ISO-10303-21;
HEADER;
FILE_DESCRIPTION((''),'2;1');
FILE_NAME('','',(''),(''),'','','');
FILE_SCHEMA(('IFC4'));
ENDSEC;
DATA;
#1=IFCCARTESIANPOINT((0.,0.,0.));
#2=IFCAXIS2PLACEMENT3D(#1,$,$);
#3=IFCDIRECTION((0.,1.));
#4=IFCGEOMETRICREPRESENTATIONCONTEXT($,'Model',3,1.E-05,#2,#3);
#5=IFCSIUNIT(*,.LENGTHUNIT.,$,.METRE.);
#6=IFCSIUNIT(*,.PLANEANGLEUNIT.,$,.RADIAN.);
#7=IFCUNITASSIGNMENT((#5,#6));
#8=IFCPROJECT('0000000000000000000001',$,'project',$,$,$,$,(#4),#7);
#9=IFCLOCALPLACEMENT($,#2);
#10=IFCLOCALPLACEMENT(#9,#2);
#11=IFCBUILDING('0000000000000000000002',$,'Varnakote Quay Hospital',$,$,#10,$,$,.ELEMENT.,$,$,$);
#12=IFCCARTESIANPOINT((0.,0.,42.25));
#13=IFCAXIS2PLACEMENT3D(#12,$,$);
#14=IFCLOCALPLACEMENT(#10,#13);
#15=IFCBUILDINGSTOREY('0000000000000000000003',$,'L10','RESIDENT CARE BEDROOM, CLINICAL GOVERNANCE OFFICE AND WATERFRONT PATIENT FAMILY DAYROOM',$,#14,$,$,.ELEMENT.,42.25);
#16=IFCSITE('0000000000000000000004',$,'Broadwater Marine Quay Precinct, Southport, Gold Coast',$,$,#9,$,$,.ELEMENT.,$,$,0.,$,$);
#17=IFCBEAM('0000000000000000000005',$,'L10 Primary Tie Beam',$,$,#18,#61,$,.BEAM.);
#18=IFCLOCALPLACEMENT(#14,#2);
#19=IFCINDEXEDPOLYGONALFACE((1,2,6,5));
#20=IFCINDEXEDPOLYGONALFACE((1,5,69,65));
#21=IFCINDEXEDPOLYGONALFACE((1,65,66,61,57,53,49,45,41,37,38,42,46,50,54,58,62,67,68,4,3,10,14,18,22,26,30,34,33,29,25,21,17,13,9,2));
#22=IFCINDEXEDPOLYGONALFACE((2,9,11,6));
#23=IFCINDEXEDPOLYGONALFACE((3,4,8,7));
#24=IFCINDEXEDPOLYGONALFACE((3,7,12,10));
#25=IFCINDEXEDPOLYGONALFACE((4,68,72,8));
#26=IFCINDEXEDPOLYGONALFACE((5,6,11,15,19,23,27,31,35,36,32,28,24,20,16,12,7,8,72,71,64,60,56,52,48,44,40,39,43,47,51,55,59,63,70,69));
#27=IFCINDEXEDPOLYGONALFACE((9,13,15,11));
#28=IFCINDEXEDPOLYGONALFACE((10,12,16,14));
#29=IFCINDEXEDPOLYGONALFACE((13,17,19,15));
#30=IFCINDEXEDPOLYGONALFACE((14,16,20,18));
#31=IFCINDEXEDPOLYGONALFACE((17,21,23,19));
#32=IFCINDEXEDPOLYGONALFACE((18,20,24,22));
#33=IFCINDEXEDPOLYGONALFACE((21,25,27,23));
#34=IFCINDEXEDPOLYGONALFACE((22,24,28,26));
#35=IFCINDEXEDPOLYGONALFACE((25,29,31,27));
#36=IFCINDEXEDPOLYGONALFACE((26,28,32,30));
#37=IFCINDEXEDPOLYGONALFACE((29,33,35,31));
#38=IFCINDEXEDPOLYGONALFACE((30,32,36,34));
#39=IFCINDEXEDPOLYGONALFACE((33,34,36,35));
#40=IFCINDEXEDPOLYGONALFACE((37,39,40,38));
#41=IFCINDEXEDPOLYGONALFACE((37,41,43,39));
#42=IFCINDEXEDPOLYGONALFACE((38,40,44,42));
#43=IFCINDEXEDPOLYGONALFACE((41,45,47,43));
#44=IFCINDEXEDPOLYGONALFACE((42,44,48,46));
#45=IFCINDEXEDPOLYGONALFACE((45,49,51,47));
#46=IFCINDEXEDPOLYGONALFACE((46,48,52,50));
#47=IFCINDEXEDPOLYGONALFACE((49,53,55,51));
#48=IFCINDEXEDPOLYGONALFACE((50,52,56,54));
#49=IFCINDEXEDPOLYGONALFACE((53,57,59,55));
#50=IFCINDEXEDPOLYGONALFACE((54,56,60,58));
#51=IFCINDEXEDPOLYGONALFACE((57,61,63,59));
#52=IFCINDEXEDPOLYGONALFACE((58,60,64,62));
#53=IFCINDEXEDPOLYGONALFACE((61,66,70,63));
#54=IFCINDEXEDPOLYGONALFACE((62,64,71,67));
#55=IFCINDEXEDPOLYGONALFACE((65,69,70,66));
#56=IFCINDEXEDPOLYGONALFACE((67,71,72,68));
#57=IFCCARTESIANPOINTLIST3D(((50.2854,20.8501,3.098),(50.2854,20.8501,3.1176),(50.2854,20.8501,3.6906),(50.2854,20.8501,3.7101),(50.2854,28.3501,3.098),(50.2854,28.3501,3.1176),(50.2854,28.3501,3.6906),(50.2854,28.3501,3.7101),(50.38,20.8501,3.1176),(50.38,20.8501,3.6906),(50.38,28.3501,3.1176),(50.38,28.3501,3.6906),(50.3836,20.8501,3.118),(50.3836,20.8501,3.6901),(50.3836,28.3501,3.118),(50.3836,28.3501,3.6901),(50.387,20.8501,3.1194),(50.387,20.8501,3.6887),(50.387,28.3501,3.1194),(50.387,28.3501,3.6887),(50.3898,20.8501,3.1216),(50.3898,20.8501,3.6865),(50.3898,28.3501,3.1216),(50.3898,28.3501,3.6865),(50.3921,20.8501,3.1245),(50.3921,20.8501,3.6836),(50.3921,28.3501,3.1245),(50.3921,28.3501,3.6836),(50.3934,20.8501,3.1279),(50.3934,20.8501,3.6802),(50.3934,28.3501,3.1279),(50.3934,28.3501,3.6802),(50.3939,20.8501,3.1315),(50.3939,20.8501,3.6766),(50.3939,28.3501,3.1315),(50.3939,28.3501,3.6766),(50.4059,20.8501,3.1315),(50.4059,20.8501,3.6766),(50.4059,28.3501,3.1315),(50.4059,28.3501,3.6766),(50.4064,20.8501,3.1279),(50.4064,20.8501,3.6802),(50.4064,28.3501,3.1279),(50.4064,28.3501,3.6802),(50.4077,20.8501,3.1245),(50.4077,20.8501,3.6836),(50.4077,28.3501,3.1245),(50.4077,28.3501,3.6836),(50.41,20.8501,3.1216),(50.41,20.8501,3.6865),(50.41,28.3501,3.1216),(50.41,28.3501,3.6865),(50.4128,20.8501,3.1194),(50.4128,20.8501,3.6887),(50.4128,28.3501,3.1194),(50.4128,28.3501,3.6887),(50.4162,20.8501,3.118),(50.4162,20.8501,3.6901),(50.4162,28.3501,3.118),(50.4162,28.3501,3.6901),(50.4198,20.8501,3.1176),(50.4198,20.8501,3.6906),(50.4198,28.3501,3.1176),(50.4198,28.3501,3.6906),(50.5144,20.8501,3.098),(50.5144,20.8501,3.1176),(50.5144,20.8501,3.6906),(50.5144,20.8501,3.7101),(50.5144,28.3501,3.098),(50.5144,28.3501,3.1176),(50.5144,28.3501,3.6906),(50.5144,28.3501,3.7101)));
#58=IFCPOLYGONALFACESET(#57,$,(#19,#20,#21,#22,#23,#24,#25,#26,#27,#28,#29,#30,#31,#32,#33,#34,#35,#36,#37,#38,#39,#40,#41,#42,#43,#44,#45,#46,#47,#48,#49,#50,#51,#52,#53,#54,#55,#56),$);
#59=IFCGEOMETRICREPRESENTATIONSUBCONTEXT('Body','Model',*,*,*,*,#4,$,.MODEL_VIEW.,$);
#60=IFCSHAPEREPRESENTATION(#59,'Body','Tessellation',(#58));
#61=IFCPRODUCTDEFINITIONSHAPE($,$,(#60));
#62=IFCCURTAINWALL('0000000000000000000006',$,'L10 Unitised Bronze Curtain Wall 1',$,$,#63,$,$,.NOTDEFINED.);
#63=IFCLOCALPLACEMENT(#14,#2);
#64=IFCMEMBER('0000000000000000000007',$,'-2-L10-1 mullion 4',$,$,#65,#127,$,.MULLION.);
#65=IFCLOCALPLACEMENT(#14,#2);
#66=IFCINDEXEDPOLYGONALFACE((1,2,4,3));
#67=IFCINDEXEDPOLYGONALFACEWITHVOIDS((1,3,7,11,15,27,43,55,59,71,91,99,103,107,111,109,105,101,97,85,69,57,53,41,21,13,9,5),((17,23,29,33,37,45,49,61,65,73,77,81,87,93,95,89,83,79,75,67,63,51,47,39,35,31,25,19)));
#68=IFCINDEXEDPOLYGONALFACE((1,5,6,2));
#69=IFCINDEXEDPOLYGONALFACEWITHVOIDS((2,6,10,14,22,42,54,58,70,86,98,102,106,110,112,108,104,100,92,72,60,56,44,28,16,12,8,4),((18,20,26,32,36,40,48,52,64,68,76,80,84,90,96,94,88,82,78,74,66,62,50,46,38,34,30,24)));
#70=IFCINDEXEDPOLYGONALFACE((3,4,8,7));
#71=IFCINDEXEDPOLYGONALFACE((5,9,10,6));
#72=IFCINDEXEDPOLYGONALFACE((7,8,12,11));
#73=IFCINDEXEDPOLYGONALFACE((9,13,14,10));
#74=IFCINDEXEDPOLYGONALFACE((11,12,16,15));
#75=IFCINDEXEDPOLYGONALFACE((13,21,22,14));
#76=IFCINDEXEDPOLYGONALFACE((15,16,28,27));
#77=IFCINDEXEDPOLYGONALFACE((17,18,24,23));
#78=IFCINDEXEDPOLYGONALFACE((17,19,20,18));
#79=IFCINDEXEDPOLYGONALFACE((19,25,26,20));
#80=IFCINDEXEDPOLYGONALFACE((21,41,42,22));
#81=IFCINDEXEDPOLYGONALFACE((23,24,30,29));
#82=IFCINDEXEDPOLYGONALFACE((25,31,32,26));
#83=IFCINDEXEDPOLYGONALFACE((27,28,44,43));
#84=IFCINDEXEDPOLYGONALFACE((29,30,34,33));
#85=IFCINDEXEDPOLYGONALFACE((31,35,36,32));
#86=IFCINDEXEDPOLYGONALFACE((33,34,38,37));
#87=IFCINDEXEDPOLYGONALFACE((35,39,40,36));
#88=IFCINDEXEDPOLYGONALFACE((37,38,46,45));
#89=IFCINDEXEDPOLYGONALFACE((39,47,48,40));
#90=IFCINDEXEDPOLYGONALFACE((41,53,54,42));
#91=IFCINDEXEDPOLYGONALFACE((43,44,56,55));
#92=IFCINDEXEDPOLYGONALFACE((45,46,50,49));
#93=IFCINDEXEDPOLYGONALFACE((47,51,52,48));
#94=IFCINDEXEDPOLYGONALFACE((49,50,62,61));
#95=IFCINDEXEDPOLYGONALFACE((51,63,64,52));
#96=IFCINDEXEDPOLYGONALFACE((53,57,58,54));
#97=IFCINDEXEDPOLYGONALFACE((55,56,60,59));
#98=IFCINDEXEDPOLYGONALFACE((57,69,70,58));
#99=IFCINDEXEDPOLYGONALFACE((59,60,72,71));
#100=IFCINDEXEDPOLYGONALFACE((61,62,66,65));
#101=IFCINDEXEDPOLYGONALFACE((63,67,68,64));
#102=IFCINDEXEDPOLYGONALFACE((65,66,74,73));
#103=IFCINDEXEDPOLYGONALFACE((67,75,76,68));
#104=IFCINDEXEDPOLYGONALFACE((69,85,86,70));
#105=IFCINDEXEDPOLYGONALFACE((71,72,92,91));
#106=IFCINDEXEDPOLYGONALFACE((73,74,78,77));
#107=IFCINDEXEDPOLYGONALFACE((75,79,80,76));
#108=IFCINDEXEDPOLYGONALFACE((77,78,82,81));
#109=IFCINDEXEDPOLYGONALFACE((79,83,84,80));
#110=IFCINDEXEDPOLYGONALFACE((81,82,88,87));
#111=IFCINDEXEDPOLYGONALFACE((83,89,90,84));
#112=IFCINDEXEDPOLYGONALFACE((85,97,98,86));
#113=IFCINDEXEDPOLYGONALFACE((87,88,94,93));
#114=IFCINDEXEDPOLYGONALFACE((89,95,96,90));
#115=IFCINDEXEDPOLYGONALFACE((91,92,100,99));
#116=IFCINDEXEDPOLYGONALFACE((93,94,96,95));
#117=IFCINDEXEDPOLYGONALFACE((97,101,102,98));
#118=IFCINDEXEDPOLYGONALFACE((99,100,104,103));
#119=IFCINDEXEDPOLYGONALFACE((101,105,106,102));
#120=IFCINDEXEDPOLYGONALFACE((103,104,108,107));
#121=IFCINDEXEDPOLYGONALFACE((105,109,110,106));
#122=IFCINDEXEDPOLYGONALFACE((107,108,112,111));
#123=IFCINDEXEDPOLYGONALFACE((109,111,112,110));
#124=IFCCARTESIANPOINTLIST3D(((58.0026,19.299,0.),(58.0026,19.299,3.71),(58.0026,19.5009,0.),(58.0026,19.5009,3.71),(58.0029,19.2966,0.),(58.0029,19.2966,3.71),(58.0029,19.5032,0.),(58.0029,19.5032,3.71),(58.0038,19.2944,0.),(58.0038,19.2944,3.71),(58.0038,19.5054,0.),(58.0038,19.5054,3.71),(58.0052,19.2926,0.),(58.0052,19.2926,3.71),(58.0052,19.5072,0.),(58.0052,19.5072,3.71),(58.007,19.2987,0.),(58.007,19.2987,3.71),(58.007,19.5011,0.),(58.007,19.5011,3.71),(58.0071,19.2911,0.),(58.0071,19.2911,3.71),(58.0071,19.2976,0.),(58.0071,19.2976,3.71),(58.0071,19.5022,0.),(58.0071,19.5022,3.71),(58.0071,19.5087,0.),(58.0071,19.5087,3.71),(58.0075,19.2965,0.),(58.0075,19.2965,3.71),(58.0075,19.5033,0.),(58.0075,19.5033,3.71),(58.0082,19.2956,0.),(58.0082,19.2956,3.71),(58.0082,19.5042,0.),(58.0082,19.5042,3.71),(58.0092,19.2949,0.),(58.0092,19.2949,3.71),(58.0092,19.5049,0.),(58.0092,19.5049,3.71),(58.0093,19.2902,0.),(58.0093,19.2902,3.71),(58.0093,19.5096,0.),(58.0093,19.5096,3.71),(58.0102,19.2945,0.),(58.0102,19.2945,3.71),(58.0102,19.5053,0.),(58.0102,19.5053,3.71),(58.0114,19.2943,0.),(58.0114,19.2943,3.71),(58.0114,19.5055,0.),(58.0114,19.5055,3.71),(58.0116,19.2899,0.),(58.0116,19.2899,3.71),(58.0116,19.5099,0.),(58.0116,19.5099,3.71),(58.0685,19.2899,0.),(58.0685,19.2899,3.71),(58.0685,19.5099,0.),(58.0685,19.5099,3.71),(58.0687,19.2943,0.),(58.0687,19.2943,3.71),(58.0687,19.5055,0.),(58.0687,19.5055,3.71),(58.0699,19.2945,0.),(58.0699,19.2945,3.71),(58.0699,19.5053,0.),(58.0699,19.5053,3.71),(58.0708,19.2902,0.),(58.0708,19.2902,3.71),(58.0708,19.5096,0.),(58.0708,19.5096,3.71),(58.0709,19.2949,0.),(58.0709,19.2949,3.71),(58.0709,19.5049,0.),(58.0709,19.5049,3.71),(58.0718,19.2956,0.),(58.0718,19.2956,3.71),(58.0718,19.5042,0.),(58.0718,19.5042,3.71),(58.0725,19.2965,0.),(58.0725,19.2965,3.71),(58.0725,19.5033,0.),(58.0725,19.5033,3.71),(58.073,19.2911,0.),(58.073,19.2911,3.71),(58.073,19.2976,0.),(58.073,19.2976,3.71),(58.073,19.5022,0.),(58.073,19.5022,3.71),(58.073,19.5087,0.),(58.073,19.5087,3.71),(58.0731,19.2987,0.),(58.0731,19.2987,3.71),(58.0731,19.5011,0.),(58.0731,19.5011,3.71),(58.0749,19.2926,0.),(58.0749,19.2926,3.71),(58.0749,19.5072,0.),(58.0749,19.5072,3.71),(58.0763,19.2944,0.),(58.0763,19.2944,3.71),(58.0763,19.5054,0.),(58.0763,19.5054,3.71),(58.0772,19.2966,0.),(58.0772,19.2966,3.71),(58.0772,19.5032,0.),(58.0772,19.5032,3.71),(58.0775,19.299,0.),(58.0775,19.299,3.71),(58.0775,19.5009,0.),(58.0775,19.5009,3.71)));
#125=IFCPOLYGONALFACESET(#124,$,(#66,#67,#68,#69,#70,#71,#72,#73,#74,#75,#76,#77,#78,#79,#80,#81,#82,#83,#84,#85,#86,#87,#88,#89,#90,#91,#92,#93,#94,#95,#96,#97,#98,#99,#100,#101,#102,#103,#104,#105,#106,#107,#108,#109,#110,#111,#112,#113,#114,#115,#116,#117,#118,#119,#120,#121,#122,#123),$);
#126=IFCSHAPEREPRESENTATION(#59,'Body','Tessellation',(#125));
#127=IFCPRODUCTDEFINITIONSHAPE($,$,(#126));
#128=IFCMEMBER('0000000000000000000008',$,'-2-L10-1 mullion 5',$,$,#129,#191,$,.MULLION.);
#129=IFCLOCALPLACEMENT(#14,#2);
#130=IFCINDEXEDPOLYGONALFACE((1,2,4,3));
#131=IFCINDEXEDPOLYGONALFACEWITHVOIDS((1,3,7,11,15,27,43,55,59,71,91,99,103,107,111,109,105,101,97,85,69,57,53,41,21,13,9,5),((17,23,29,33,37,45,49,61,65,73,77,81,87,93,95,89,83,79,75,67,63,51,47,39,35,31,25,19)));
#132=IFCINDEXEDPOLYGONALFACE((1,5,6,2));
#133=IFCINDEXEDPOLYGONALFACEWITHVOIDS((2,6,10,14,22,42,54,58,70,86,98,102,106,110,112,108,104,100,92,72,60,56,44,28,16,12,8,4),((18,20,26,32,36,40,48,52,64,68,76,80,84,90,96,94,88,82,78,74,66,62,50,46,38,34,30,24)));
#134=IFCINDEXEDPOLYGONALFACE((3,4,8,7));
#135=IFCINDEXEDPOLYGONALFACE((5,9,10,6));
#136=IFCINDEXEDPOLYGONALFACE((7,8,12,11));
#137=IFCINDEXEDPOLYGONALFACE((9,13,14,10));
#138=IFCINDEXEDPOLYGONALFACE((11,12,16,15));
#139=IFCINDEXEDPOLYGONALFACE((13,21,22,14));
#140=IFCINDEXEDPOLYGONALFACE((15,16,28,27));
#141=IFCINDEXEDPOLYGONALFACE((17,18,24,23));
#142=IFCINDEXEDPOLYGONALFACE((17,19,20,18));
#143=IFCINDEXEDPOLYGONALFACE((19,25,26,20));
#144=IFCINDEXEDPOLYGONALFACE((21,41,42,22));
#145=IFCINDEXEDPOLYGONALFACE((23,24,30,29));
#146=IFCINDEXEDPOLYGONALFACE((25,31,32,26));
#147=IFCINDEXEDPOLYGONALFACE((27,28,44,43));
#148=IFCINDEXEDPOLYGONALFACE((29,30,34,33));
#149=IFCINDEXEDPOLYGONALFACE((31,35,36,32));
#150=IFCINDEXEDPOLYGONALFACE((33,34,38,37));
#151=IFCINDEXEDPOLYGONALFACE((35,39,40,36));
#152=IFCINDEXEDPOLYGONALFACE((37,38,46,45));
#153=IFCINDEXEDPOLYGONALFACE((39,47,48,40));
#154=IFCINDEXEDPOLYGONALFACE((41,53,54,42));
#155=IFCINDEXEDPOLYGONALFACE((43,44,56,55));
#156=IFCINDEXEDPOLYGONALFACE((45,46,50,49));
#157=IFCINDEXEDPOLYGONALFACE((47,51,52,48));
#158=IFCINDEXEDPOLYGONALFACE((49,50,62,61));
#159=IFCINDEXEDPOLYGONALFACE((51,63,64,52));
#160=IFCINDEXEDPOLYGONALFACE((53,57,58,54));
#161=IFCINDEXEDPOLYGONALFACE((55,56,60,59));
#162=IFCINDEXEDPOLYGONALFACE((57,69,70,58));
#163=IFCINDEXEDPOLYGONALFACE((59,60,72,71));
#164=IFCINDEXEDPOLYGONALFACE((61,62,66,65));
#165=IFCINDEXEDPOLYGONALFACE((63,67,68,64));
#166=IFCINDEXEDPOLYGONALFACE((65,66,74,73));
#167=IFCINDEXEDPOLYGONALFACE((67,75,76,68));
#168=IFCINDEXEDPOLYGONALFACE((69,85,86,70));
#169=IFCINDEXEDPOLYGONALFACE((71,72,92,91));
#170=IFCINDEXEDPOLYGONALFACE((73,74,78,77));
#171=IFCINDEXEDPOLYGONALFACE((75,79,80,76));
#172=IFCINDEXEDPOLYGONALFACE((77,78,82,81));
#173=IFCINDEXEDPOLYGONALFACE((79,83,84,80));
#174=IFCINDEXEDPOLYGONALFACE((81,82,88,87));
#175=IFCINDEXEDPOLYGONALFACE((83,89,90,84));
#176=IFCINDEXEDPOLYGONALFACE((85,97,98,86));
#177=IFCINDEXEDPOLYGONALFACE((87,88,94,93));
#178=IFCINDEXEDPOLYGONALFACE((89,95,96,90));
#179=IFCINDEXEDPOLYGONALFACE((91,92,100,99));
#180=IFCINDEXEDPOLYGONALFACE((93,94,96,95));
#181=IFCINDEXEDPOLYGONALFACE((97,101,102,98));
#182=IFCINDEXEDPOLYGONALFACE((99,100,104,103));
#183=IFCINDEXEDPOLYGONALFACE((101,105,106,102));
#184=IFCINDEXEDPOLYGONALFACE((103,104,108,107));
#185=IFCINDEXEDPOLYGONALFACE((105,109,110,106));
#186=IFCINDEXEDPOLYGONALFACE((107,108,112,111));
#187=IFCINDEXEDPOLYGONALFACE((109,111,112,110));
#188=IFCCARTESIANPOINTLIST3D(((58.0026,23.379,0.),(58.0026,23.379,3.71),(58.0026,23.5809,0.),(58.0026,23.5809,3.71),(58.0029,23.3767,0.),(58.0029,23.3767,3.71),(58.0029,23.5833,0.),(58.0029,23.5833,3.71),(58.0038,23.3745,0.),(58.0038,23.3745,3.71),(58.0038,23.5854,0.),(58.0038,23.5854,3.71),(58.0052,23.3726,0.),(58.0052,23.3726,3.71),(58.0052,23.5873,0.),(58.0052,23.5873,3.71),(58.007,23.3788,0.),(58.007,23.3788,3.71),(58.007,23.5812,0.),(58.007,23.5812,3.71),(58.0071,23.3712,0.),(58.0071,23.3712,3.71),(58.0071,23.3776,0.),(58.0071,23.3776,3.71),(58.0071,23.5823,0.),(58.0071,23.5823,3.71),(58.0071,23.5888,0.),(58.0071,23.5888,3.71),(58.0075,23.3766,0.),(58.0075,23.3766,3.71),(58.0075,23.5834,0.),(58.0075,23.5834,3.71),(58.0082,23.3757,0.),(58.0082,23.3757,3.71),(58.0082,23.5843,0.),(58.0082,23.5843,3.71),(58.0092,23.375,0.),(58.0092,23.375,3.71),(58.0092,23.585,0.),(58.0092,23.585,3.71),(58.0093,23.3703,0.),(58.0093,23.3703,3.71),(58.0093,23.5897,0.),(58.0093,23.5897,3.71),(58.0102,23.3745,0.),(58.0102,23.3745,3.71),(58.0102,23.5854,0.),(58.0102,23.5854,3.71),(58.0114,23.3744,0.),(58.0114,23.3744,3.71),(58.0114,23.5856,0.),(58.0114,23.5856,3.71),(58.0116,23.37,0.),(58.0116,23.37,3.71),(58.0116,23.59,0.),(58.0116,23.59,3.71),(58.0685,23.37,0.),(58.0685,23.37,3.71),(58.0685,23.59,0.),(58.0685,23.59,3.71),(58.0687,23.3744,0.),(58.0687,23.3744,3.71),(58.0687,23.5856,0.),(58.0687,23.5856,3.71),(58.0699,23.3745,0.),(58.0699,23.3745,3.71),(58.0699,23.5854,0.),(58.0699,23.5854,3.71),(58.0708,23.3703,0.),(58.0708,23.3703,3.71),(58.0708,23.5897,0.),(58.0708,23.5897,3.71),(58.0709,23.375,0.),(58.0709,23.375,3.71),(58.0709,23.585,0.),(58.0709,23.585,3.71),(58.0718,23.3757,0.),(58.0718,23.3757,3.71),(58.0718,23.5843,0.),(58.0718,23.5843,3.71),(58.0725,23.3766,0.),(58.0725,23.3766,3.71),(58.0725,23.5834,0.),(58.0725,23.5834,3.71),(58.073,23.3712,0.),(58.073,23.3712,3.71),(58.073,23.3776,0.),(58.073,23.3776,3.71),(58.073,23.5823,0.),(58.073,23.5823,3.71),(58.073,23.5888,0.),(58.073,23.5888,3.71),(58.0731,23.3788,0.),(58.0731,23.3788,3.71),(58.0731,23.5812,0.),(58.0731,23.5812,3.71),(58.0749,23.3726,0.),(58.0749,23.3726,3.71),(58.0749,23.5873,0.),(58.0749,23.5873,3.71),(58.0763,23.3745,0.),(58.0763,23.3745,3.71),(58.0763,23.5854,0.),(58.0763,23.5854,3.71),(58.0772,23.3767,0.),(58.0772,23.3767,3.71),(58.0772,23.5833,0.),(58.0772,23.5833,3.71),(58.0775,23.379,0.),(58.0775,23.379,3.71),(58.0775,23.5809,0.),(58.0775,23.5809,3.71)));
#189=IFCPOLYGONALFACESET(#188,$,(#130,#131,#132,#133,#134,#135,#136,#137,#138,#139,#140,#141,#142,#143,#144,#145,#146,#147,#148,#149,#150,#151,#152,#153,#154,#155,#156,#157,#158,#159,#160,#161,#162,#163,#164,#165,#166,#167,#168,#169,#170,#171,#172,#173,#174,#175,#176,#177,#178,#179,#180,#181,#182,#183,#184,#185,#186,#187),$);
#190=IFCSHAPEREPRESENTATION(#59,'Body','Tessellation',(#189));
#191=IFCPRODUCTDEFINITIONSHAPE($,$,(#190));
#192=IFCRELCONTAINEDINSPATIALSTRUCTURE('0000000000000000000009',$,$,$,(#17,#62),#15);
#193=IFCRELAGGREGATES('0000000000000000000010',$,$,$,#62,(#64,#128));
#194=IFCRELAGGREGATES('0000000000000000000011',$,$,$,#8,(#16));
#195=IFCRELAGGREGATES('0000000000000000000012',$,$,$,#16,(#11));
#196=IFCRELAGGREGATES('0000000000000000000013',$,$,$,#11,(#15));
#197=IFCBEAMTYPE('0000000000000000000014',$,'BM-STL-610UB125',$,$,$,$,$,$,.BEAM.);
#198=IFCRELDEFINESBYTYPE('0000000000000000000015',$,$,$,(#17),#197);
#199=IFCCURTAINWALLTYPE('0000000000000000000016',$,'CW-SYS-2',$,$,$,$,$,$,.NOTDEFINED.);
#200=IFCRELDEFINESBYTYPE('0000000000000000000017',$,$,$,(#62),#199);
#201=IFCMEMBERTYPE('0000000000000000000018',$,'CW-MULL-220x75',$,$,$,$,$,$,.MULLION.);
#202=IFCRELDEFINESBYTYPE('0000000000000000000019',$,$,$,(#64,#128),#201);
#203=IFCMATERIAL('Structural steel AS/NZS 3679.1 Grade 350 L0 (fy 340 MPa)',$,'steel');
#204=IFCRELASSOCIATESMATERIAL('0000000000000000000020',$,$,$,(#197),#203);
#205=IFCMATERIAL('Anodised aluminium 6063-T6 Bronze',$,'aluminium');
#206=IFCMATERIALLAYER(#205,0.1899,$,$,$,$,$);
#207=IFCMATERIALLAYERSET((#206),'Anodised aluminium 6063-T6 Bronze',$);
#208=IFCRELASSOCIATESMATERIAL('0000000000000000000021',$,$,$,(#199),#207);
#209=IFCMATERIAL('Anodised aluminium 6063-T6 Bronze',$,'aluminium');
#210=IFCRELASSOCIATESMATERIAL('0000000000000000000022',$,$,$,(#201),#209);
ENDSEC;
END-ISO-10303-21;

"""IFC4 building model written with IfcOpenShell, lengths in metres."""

from ifc_helpers import new_model, si_unit, direction, frame, origin, origin_2d, place, context, subcontext, project, spatial, hollow_rectangle, i_section, extrude, material, layer, layer_set, material_profile, profile_set, type_object, element, aggregate, save


model = new_model("IFC4")

# Units and contexts
model_context = context("Model", 3, precision=1e-05, world=origin(), true_north=direction((0.0, 1.0)))
body_context = subcontext(model_context, "Body", "Model", "MODEL_VIEW")
ifc_project = project(units=[si_unit("LENGTHUNIT", "METRE"), si_unit("PLANEANGLEUNIT", "RADIAN")], contexts=[model_context])

# Site, building, storey
site_placement = place(None, origin())
site = spatial("IfcSite", under=ifc_project, at=site_placement, Name="Broadwater Marine Quay Precinct, Southport, Gold Coast", CompositionType="ELEMENT", RefElevation=0.0)
building_placement = place(site_placement, origin())
building = spatial("IfcBuilding", under=site, at=building_placement, Name="Varnakote Quay Hospital", CompositionType="ELEMENT")
storey_placement = place(building_placement, frame((0.0, 0.0, 42.25)))
storey = spatial("IfcBuildingStorey", under=building, at=storey_placement, Name="L10", Description="RESIDENT CARE BEDROOM, CLINICAL GOVERNANCE OFFICE AND WATERFRONT PATIENT FAMILY DAYROOM", CompositionType="ELEMENT", Elevation=42.25)

# Beam
ifc_material_1 = material(Name="Structural steel AS/NZS 3679.1 Grade 350 L0 (fy 340 MPa)", Category="steel")
ifc_material_profile_1 = material_profile(ifc_material_1, i_section(OverallWidth=0.229, OverallDepth=0.6121, WebThickness=0.012, FlangeThickness=0.0195, FilletRadius=0.0139, at=origin_2d()), Name="610UB125")
ifc_profile_set_1 = profile_set([ifc_material_profile_1], Name="Structural steel AS/NZS 3679.1 Grade 350 L0 (fy 340 MPa)")
beam_type = type_object("IfcBeamType", Name="BM-STL-610UB125", PredefinedType="BEAM", material=ifc_profile_set_1)
beam_placement = place(storey_placement, frame((50.3999, 20.8501, 3.4041), z_axis=(0.0, 1.0, 0.0), x_axis=(-1.0, 0.0, 0.0)))
element("IfcBeam", 1, at=beam_placement, inside=storey, type_object=beam_type, Name="L10 Primary Tie Beam", PredefinedType="BEAM", context=body_context, shape_type="SweptSolid", body=[
    extrude(i_section(OverallWidth=0.229, OverallDepth=0.6121, WebThickness=0.012, FlangeThickness=0.0195, FilletRadius=0.0139, at=origin_2d()), origin(), (0.0, 0.0, 1.0), 7.5),
])

# Curtain wall, members
ifc_material_2 = material(Name="Anodised aluminium 6063-T6 Bronze", Category="aluminium")
ifc_layer_1 = layer(ifc_material_2, 0.1899)
ifc_layer_set_1 = layer_set([ifc_layer_1], Name="Anodised aluminium 6063-T6 Bronze")
curtain_wall_type = type_object("IfcCurtainWallType", Name="CW-SYS-2", PredefinedType="NOTDEFINED", material=ifc_layer_set_1)
curtain_wall_placement = place(storey_placement, origin())
curtain_wall = element("IfcCurtainWall", 2, at=curtain_wall_placement, inside=storey, type_object=curtain_wall_type, Name="L10 Unitised Bronze Curtain Wall 1", PredefinedType="NOTDEFINED")
ifc_material_3 = material(Name="Anodised aluminium 6063-T6 Bronze", Category="aluminium")
ifc_material_profile_2 = material_profile(ifc_material_3, hollow_rectangle(XDim=0.075, YDim=0.22, WallThickness=0.0044, InnerFilletRadius=0.0044, OuterFilletRadius=0.009, at=origin_2d()), Name="CW-MULL-220x75")
ifc_profile_set_2 = profile_set([ifc_material_profile_2], Name="Anodised aluminium 6063-T6 Bronze")
member_type_1 = type_object("IfcMemberType", Name="CW-MULL-220x75", PredefinedType="MULLION", material=ifc_profile_set_2)
member_1_placement = place(storey_placement, frame((58.04, 19.3999, 0.0), z_axis=(0.0, 0.0, 1.0), x_axis=(-1.0, 0.0, 0.0)))
member_1 = element("IfcMember", 3, at=member_1_placement, type_object=member_type_1, Name="-2-L10-1 mullion 4", PredefinedType="MULLION", context=body_context, shape_type="SweptSolid", body=[
    extrude(hollow_rectangle(XDim=0.075, YDim=0.22, WallThickness=0.0044, InnerFilletRadius=0.0044, OuterFilletRadius=0.009, at=origin_2d()), origin(), (0.0, 0.0, 1.0), 3.71),
])
member_2_placement = place(storey_placement, frame((58.04, 23.48, 0.0), z_axis=(0.0, 0.0, 1.0), x_axis=(-1.0, 0.0, 0.0)))
member_2 = element("IfcMember", 4, at=member_2_placement, type_object=member_type_1, Name="-2-L10-1 mullion 5", PredefinedType="MULLION", context=body_context, shape_type="SweptSolid", body=[
    extrude(hollow_rectangle(XDim=0.075, YDim=0.22, WallThickness=0.0044, InnerFilletRadius=0.0044, OuterFilletRadius=0.009, at=origin_2d()), origin(), (0.0, 0.0, 1.0), 3.71),
])
aggregate(curtain_wall, [member_1, member_2])

save(model, "model.ifc")
